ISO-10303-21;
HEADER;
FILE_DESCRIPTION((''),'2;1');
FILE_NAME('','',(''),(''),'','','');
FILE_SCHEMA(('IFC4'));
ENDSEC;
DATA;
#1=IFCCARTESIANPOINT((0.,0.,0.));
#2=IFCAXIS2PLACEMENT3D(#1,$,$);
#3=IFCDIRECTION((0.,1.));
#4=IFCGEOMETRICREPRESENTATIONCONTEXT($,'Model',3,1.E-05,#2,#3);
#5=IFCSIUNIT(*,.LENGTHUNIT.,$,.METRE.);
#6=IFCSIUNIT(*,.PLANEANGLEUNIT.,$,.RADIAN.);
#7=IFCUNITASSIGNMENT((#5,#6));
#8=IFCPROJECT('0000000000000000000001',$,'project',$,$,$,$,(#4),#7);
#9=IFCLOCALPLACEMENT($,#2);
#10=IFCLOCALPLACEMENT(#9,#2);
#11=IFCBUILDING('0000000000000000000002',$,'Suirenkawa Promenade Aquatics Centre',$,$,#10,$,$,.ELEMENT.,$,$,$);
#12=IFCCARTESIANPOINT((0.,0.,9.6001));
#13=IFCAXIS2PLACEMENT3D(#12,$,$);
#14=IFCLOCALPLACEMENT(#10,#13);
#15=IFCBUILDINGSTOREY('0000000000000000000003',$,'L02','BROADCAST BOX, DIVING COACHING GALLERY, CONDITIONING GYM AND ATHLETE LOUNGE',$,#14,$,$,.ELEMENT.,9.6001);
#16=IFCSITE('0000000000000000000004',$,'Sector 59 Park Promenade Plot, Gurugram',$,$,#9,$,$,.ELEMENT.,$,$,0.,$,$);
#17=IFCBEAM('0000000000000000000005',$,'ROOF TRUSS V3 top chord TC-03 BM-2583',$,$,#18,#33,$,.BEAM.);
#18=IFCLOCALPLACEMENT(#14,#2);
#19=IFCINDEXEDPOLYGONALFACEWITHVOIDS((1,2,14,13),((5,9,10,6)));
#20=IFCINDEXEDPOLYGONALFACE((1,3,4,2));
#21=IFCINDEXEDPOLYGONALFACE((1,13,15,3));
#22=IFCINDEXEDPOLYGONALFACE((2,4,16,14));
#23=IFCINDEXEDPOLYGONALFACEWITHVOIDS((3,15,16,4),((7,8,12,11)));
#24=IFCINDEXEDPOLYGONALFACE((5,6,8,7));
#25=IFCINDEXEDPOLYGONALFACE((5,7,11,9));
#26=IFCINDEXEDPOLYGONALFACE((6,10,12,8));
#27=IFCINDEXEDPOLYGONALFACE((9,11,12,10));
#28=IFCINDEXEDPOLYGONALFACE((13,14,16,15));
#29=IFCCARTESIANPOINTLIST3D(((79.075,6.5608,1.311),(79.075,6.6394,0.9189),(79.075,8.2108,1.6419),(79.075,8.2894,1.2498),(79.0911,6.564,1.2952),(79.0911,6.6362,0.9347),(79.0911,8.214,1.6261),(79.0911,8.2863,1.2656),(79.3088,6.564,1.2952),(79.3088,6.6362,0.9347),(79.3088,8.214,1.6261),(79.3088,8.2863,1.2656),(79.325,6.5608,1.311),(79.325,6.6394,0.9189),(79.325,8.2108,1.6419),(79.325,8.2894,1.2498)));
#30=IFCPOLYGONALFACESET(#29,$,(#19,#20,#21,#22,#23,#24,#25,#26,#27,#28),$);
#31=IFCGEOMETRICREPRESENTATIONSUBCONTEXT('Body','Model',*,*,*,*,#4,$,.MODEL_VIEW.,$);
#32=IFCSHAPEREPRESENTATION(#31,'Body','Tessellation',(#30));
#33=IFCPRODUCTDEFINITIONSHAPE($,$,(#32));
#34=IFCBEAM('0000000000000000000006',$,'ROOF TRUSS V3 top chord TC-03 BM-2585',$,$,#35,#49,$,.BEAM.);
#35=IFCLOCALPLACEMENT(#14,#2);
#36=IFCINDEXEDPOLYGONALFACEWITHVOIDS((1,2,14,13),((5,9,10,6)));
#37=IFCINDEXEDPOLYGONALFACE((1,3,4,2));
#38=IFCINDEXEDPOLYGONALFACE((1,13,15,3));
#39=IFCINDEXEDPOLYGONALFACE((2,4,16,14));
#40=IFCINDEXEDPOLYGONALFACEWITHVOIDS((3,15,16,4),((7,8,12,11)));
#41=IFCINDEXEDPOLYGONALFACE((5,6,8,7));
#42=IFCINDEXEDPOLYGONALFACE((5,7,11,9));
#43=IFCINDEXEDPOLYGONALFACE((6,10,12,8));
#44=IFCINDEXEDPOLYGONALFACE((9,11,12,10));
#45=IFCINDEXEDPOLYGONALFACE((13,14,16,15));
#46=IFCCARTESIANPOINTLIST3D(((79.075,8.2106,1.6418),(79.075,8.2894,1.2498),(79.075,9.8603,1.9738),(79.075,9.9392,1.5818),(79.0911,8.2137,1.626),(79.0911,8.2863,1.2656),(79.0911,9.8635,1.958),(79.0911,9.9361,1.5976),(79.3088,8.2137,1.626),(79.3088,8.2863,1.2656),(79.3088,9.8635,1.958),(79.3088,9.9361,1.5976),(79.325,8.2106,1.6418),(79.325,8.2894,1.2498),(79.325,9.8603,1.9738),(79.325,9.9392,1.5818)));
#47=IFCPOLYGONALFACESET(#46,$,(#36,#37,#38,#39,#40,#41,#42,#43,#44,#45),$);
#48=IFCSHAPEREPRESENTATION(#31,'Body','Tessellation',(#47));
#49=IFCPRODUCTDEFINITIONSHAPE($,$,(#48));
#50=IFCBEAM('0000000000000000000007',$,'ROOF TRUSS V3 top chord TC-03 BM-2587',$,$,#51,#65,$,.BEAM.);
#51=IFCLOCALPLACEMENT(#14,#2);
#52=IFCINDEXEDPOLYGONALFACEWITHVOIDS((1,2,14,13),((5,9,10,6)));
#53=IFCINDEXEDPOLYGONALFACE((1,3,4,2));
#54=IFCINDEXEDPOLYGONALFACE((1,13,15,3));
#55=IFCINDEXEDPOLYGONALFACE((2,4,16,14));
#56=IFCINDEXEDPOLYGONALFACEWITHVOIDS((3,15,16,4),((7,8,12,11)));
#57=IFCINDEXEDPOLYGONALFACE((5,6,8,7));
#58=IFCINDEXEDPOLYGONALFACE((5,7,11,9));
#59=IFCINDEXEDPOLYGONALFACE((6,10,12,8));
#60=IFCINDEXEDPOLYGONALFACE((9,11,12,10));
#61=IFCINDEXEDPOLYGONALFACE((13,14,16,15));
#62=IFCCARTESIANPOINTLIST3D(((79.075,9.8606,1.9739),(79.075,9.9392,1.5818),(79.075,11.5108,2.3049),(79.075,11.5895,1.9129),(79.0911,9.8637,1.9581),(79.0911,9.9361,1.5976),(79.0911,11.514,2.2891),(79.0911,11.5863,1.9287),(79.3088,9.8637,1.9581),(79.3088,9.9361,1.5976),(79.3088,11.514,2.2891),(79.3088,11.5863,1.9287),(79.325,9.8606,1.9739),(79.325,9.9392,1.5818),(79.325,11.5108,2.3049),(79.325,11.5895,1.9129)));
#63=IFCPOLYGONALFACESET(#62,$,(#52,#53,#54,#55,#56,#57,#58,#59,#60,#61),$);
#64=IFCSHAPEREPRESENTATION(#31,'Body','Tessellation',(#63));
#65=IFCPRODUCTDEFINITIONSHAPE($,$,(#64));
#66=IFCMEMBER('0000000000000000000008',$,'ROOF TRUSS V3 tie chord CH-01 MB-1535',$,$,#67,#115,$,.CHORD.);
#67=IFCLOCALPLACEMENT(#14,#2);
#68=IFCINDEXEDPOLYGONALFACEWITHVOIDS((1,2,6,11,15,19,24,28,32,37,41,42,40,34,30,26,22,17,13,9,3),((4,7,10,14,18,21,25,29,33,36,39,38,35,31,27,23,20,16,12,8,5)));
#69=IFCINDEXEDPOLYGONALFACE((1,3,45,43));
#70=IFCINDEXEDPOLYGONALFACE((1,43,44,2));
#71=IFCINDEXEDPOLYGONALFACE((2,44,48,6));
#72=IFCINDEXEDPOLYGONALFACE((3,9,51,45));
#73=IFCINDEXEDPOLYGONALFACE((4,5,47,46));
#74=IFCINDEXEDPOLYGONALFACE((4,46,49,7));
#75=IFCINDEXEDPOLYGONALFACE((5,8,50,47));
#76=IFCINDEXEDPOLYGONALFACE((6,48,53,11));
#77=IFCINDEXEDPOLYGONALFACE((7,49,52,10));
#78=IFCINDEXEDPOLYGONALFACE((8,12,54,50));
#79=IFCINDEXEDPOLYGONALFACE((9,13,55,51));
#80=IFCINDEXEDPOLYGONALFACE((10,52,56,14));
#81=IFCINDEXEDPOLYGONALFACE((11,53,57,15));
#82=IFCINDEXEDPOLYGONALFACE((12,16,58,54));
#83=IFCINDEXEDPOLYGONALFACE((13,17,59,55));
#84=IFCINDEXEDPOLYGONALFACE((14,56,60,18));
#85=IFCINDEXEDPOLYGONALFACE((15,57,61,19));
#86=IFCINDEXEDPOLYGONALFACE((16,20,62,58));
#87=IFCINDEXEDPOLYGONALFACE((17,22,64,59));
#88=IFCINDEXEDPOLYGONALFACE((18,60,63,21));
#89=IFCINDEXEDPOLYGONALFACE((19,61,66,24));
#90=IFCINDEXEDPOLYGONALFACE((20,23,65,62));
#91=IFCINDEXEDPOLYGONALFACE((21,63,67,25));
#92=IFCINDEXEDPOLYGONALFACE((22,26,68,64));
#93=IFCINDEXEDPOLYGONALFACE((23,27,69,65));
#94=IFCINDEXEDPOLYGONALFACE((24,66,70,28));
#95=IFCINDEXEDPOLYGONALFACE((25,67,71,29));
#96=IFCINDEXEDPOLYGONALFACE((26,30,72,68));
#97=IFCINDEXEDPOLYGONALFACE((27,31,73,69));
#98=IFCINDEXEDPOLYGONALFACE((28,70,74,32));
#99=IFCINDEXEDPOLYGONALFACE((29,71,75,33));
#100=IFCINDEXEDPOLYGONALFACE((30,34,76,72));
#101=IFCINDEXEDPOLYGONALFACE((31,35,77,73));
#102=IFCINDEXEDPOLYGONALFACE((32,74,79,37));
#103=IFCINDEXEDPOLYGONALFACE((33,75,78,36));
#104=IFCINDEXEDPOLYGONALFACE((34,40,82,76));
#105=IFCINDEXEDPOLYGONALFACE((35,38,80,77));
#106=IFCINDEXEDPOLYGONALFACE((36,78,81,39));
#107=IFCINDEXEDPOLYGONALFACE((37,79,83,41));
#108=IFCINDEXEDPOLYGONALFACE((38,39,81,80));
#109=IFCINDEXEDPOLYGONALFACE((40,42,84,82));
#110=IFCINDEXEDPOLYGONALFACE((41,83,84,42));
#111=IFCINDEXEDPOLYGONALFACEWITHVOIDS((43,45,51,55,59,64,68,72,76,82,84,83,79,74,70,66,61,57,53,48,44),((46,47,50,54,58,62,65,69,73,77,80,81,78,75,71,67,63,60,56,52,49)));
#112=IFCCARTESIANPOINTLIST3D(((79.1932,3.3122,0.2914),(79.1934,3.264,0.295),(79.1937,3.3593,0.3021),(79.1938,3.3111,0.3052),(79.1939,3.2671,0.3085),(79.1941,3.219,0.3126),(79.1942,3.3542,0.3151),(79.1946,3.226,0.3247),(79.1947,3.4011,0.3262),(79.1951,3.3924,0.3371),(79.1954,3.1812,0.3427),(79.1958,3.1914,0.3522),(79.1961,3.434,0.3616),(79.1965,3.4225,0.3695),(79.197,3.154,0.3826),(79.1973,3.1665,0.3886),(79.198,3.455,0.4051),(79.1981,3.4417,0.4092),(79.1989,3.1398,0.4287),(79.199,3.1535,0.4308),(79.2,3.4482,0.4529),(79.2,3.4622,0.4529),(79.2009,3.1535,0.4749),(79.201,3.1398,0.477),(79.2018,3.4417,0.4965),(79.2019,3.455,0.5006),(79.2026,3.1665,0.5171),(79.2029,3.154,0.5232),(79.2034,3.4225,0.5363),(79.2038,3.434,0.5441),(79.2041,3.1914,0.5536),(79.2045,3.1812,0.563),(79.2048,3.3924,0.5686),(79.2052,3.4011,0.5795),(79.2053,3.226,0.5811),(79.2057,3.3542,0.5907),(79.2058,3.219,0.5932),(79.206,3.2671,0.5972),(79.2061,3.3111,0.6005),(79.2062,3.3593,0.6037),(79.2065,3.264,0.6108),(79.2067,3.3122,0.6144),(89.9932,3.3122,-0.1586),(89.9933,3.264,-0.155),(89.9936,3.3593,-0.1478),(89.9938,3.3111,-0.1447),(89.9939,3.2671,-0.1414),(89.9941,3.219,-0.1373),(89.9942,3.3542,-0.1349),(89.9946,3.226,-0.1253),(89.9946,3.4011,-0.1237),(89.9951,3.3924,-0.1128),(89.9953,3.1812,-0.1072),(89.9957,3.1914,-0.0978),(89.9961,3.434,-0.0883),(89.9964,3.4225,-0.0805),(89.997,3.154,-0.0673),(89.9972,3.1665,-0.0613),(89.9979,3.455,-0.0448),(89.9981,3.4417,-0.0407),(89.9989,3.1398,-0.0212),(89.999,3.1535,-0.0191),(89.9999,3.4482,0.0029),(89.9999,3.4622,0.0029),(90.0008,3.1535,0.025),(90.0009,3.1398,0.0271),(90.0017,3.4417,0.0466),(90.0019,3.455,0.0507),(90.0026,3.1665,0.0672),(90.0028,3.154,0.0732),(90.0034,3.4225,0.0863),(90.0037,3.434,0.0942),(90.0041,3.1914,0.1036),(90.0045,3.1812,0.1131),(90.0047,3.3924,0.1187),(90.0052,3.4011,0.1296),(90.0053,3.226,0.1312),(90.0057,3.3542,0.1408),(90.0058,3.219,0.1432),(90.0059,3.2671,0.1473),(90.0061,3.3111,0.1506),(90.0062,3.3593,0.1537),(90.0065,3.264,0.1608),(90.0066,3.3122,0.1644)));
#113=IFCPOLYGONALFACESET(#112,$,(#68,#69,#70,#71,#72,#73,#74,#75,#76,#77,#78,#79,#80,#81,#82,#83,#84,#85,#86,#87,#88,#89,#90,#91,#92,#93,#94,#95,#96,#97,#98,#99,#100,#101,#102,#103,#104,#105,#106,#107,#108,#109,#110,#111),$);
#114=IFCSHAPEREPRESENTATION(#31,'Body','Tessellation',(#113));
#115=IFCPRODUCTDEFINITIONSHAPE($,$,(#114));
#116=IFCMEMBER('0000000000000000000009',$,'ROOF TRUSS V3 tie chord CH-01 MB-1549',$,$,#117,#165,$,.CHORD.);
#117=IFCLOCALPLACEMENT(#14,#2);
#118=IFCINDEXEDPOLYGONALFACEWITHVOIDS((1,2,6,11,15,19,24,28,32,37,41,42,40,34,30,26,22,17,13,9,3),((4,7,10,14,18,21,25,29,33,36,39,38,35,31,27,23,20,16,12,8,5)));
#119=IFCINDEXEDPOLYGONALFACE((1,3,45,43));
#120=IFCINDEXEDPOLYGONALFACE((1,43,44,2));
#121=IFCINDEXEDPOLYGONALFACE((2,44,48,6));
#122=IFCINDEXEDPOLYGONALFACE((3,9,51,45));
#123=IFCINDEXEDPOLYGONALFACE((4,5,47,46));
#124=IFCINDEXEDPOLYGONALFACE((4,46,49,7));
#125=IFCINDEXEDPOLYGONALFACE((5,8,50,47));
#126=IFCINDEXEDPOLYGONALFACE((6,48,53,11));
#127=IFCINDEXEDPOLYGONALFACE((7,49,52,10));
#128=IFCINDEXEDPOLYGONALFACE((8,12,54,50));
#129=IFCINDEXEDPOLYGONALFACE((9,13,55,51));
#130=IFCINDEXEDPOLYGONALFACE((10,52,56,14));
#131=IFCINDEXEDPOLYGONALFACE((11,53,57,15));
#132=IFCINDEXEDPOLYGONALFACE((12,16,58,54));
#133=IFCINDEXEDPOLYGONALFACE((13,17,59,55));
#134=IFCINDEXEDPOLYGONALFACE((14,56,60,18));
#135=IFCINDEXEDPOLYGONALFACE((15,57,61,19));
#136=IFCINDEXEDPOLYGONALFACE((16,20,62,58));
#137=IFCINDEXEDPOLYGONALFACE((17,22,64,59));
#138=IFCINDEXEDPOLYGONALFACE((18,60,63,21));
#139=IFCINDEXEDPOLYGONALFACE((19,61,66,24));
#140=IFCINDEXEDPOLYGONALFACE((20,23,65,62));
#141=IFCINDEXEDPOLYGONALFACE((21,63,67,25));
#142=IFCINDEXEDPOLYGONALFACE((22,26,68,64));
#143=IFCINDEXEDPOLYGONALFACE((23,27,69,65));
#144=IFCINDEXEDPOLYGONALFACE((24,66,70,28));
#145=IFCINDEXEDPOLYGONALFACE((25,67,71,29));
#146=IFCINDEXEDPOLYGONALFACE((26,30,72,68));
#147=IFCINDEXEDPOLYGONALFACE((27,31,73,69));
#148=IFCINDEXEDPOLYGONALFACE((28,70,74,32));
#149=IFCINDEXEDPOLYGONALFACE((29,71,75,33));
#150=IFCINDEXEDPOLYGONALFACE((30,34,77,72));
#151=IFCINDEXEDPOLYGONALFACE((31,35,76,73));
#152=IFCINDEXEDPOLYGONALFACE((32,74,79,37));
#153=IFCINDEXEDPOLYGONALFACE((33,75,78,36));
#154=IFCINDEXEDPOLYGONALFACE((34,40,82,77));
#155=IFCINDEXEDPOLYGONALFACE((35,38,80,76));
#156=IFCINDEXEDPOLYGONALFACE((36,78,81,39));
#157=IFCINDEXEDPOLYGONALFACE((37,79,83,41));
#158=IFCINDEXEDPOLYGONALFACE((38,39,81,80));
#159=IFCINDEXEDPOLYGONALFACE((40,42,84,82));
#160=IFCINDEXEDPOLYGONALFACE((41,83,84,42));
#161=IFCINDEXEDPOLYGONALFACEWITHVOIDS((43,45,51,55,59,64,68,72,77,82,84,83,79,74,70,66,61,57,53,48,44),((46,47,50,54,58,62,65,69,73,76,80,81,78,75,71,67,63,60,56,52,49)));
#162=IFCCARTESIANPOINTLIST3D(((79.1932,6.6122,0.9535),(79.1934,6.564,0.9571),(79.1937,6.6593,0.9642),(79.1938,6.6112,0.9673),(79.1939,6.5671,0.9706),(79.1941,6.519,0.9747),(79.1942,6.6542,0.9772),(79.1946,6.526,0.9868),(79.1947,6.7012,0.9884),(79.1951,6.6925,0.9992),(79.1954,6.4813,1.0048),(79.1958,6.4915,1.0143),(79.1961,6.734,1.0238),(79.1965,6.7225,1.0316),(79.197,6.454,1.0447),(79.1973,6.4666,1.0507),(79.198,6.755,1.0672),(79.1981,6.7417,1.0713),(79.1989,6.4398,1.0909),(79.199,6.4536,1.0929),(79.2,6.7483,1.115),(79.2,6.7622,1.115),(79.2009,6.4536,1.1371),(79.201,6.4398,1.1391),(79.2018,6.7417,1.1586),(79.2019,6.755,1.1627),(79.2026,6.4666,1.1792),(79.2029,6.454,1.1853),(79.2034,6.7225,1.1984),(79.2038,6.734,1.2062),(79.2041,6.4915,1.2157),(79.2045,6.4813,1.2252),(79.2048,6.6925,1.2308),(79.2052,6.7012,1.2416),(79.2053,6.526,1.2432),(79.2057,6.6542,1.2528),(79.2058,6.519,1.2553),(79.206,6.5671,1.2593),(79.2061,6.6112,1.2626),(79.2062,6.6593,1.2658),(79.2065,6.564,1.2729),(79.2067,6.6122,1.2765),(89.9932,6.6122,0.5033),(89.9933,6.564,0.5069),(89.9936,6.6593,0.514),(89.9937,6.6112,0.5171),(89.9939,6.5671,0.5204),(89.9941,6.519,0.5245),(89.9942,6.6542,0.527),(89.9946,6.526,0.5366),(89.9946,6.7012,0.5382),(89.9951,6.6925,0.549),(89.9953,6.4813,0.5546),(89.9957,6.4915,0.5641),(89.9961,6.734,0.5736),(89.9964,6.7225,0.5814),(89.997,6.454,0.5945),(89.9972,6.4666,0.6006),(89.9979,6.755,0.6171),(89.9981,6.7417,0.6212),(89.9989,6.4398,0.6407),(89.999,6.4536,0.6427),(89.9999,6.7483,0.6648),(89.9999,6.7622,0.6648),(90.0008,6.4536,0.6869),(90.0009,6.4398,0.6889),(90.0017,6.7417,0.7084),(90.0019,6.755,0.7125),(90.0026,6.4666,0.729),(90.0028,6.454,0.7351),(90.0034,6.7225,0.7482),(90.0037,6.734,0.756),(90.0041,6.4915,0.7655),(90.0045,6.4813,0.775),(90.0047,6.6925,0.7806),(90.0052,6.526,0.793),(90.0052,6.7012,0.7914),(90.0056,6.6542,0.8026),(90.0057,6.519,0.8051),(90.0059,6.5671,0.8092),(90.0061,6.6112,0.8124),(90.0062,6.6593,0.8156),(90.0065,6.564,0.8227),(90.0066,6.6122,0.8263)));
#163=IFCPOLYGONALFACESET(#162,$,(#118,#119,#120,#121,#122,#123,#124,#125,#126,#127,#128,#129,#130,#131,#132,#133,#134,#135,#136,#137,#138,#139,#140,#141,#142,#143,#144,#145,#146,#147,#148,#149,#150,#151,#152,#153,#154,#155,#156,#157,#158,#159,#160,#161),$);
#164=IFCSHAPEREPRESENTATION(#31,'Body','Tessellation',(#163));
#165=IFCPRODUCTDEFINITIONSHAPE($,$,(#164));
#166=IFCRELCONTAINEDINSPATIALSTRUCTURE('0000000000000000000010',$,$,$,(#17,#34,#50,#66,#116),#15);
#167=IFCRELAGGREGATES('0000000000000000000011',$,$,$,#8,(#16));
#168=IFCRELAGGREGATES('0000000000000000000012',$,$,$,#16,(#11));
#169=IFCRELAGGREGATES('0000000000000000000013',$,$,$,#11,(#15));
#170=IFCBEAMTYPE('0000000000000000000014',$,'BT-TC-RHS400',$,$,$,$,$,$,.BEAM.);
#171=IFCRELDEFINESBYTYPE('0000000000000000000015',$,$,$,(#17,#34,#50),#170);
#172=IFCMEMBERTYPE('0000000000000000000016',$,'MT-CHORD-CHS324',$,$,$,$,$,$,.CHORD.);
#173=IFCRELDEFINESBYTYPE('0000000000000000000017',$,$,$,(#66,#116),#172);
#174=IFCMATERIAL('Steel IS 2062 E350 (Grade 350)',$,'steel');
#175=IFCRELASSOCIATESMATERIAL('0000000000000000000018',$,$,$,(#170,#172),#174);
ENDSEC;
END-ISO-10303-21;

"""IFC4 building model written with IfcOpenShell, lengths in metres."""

from ifc_helpers import new_model, si_unit, direction, frame, origin, origin_2d, place, context, subcontext, project, spatial, hollow_rectangle, hollow_circle, extrude, material, material_profile, profile_set, type_object, element, save


model = new_model("IFC4")

# Units and contexts
model_context = context("Model", 3, precision=1e-05, world=origin(), true_north=direction((0.0, 1.0)))
body_context = subcontext(model_context, "Body", "Model", "MODEL_VIEW")
ifc_project = project(units=[si_unit("LENGTHUNIT", "METRE"), si_unit("PLANEANGLEUNIT", "RADIAN")], contexts=[model_context])

# Site, building, storey
site_placement = place(None, origin())
site = spatial("IfcSite", under=ifc_project, at=site_placement, Name="Sector 59 Park Promenade Plot, Gurugram", CompositionType="ELEMENT", RefElevation=0.0)
building_placement = place(site_placement, origin())
building = spatial("IfcBuilding", under=site, at=building_placement, Name="Suirenkawa Promenade Aquatics Centre", CompositionType="ELEMENT")
storey_placement = place(building_placement, frame((0.0, 0.0, 9.6001)))
storey = spatial("IfcBuildingStorey", under=building, at=storey_placement, Name="L02", Description="BROADCAST BOX, DIVING COACHING GALLERY, CONDITIONING GYM AND ATHLETE LOUNGE", CompositionType="ELEMENT", Elevation=9.6001)

# Beams
ifc_material = material(Name="Steel IS 2062 E350 (Grade 350)", Category="steel")
ifc_material_profile_1 = material_profile(ifc_material, hollow_rectangle(XDim=0.25, YDim=0.3999, WallThickness=0.0161, at=origin_2d()), Name="RHS 400x250x16", Category="steel")
ifc_profile_set_1 = profile_set([ifc_material_profile_1], Name="Steel IS 2062 E350 (Grade 350)")
beam_type_1 = type_object("IfcBeamType", Name="BT-TC-RHS400", PredefinedType="BEAM", material=ifc_profile_set_1)
for number, where, z_axis, x_axis, name in (
    (1, (79.2, 6.6001, 1.115), (0.0, 0.980486, 0.19659), (-1.0, 0.0, 0.0), "ROOF TRUSS V3 top chord TC-03 BM-2583"),
    (2, (79.2, 8.25, 1.4458), (0.0, 0.980346, 0.197288), (-1.0, 0.0, 0.0), "ROOF TRUSS V3 top chord TC-03 BM-2585"),
):
    element("IfcBeam", number, at=place(storey_placement, frame(where, z_axis=z_axis, x_axis=x_axis)), inside=storey, type_object=beam_type_1, Name=name, PredefinedType="BEAM", context=body_context, shape_type="SweptSolid", body=[
        extrude(hollow_rectangle(XDim=0.25, YDim=0.3999, WallThickness=0.0161, at=origin_2d()), origin(), (0.0, 0.0, 1.0), 1.6829),
    ])
beam_1_placement = place(storey_placement, frame((79.2, 9.8999, 1.7778), z_axis=(0.0, 0.980463, 0.196702), x_axis=(-1.0, 0.0, 0.0)))
element("IfcBeam", 3, at=beam_1_placement, inside=storey, type_object=beam_type_1, Name="ROOF TRUSS V3 top chord TC-03 BM-2587", PredefinedType="BEAM", context=body_context, shape_type="SweptSolid", body=[
    extrude(hollow_rectangle(XDim=0.25, YDim=0.3999, WallThickness=0.0161, at=origin_2d()), origin(), (0.0, 0.0, 1.0), 1.6831),
])

# Members
ifc_material_profile_2 = material_profile(ifc_material, hollow_circle(Radius=0.1621, WallThickness=0.0139, at=origin_2d()), Name="CHS 324x14", Category="steel")
ifc_profile_set_2 = profile_set([ifc_material_profile_2], Name="Steel IS 2062 E350 (Grade 350)")
member_type_1 = type_object("IfcMemberType", Name="MT-CHORD-CHS324", PredefinedType="CHORD", material=ifc_profile_set_2)
for number, where, z_axis, x_axis, name in (
    (4, (79.2, 3.3, 0.4529), (0.999133, 0.0, -0.041626), (0.0, 1.0, 0.0), "ROOF TRUSS V3 tie chord CH-01 MB-1535"),
    (5, (79.2, 6.6001, 1.115), (0.999132, 0.0, -0.041648), (0.0, 1.0, 0.0), "ROOF TRUSS V3 tie chord CH-01 MB-1549"),
):
    element("IfcMember", number, at=place(storey_placement, frame(where, z_axis=z_axis, x_axis=x_axis)), inside=storey, type_object=member_type_1, Name=name, PredefinedType="CHORD", context=body_context, shape_type="SweptSolid", body=[
        extrude(hollow_circle(Radius=0.1621, WallThickness=0.0139, at=origin_2d()), origin(), (0.0, 0.0, 1.0), 10.8093),
    ])

save(model, "model.ifc")
